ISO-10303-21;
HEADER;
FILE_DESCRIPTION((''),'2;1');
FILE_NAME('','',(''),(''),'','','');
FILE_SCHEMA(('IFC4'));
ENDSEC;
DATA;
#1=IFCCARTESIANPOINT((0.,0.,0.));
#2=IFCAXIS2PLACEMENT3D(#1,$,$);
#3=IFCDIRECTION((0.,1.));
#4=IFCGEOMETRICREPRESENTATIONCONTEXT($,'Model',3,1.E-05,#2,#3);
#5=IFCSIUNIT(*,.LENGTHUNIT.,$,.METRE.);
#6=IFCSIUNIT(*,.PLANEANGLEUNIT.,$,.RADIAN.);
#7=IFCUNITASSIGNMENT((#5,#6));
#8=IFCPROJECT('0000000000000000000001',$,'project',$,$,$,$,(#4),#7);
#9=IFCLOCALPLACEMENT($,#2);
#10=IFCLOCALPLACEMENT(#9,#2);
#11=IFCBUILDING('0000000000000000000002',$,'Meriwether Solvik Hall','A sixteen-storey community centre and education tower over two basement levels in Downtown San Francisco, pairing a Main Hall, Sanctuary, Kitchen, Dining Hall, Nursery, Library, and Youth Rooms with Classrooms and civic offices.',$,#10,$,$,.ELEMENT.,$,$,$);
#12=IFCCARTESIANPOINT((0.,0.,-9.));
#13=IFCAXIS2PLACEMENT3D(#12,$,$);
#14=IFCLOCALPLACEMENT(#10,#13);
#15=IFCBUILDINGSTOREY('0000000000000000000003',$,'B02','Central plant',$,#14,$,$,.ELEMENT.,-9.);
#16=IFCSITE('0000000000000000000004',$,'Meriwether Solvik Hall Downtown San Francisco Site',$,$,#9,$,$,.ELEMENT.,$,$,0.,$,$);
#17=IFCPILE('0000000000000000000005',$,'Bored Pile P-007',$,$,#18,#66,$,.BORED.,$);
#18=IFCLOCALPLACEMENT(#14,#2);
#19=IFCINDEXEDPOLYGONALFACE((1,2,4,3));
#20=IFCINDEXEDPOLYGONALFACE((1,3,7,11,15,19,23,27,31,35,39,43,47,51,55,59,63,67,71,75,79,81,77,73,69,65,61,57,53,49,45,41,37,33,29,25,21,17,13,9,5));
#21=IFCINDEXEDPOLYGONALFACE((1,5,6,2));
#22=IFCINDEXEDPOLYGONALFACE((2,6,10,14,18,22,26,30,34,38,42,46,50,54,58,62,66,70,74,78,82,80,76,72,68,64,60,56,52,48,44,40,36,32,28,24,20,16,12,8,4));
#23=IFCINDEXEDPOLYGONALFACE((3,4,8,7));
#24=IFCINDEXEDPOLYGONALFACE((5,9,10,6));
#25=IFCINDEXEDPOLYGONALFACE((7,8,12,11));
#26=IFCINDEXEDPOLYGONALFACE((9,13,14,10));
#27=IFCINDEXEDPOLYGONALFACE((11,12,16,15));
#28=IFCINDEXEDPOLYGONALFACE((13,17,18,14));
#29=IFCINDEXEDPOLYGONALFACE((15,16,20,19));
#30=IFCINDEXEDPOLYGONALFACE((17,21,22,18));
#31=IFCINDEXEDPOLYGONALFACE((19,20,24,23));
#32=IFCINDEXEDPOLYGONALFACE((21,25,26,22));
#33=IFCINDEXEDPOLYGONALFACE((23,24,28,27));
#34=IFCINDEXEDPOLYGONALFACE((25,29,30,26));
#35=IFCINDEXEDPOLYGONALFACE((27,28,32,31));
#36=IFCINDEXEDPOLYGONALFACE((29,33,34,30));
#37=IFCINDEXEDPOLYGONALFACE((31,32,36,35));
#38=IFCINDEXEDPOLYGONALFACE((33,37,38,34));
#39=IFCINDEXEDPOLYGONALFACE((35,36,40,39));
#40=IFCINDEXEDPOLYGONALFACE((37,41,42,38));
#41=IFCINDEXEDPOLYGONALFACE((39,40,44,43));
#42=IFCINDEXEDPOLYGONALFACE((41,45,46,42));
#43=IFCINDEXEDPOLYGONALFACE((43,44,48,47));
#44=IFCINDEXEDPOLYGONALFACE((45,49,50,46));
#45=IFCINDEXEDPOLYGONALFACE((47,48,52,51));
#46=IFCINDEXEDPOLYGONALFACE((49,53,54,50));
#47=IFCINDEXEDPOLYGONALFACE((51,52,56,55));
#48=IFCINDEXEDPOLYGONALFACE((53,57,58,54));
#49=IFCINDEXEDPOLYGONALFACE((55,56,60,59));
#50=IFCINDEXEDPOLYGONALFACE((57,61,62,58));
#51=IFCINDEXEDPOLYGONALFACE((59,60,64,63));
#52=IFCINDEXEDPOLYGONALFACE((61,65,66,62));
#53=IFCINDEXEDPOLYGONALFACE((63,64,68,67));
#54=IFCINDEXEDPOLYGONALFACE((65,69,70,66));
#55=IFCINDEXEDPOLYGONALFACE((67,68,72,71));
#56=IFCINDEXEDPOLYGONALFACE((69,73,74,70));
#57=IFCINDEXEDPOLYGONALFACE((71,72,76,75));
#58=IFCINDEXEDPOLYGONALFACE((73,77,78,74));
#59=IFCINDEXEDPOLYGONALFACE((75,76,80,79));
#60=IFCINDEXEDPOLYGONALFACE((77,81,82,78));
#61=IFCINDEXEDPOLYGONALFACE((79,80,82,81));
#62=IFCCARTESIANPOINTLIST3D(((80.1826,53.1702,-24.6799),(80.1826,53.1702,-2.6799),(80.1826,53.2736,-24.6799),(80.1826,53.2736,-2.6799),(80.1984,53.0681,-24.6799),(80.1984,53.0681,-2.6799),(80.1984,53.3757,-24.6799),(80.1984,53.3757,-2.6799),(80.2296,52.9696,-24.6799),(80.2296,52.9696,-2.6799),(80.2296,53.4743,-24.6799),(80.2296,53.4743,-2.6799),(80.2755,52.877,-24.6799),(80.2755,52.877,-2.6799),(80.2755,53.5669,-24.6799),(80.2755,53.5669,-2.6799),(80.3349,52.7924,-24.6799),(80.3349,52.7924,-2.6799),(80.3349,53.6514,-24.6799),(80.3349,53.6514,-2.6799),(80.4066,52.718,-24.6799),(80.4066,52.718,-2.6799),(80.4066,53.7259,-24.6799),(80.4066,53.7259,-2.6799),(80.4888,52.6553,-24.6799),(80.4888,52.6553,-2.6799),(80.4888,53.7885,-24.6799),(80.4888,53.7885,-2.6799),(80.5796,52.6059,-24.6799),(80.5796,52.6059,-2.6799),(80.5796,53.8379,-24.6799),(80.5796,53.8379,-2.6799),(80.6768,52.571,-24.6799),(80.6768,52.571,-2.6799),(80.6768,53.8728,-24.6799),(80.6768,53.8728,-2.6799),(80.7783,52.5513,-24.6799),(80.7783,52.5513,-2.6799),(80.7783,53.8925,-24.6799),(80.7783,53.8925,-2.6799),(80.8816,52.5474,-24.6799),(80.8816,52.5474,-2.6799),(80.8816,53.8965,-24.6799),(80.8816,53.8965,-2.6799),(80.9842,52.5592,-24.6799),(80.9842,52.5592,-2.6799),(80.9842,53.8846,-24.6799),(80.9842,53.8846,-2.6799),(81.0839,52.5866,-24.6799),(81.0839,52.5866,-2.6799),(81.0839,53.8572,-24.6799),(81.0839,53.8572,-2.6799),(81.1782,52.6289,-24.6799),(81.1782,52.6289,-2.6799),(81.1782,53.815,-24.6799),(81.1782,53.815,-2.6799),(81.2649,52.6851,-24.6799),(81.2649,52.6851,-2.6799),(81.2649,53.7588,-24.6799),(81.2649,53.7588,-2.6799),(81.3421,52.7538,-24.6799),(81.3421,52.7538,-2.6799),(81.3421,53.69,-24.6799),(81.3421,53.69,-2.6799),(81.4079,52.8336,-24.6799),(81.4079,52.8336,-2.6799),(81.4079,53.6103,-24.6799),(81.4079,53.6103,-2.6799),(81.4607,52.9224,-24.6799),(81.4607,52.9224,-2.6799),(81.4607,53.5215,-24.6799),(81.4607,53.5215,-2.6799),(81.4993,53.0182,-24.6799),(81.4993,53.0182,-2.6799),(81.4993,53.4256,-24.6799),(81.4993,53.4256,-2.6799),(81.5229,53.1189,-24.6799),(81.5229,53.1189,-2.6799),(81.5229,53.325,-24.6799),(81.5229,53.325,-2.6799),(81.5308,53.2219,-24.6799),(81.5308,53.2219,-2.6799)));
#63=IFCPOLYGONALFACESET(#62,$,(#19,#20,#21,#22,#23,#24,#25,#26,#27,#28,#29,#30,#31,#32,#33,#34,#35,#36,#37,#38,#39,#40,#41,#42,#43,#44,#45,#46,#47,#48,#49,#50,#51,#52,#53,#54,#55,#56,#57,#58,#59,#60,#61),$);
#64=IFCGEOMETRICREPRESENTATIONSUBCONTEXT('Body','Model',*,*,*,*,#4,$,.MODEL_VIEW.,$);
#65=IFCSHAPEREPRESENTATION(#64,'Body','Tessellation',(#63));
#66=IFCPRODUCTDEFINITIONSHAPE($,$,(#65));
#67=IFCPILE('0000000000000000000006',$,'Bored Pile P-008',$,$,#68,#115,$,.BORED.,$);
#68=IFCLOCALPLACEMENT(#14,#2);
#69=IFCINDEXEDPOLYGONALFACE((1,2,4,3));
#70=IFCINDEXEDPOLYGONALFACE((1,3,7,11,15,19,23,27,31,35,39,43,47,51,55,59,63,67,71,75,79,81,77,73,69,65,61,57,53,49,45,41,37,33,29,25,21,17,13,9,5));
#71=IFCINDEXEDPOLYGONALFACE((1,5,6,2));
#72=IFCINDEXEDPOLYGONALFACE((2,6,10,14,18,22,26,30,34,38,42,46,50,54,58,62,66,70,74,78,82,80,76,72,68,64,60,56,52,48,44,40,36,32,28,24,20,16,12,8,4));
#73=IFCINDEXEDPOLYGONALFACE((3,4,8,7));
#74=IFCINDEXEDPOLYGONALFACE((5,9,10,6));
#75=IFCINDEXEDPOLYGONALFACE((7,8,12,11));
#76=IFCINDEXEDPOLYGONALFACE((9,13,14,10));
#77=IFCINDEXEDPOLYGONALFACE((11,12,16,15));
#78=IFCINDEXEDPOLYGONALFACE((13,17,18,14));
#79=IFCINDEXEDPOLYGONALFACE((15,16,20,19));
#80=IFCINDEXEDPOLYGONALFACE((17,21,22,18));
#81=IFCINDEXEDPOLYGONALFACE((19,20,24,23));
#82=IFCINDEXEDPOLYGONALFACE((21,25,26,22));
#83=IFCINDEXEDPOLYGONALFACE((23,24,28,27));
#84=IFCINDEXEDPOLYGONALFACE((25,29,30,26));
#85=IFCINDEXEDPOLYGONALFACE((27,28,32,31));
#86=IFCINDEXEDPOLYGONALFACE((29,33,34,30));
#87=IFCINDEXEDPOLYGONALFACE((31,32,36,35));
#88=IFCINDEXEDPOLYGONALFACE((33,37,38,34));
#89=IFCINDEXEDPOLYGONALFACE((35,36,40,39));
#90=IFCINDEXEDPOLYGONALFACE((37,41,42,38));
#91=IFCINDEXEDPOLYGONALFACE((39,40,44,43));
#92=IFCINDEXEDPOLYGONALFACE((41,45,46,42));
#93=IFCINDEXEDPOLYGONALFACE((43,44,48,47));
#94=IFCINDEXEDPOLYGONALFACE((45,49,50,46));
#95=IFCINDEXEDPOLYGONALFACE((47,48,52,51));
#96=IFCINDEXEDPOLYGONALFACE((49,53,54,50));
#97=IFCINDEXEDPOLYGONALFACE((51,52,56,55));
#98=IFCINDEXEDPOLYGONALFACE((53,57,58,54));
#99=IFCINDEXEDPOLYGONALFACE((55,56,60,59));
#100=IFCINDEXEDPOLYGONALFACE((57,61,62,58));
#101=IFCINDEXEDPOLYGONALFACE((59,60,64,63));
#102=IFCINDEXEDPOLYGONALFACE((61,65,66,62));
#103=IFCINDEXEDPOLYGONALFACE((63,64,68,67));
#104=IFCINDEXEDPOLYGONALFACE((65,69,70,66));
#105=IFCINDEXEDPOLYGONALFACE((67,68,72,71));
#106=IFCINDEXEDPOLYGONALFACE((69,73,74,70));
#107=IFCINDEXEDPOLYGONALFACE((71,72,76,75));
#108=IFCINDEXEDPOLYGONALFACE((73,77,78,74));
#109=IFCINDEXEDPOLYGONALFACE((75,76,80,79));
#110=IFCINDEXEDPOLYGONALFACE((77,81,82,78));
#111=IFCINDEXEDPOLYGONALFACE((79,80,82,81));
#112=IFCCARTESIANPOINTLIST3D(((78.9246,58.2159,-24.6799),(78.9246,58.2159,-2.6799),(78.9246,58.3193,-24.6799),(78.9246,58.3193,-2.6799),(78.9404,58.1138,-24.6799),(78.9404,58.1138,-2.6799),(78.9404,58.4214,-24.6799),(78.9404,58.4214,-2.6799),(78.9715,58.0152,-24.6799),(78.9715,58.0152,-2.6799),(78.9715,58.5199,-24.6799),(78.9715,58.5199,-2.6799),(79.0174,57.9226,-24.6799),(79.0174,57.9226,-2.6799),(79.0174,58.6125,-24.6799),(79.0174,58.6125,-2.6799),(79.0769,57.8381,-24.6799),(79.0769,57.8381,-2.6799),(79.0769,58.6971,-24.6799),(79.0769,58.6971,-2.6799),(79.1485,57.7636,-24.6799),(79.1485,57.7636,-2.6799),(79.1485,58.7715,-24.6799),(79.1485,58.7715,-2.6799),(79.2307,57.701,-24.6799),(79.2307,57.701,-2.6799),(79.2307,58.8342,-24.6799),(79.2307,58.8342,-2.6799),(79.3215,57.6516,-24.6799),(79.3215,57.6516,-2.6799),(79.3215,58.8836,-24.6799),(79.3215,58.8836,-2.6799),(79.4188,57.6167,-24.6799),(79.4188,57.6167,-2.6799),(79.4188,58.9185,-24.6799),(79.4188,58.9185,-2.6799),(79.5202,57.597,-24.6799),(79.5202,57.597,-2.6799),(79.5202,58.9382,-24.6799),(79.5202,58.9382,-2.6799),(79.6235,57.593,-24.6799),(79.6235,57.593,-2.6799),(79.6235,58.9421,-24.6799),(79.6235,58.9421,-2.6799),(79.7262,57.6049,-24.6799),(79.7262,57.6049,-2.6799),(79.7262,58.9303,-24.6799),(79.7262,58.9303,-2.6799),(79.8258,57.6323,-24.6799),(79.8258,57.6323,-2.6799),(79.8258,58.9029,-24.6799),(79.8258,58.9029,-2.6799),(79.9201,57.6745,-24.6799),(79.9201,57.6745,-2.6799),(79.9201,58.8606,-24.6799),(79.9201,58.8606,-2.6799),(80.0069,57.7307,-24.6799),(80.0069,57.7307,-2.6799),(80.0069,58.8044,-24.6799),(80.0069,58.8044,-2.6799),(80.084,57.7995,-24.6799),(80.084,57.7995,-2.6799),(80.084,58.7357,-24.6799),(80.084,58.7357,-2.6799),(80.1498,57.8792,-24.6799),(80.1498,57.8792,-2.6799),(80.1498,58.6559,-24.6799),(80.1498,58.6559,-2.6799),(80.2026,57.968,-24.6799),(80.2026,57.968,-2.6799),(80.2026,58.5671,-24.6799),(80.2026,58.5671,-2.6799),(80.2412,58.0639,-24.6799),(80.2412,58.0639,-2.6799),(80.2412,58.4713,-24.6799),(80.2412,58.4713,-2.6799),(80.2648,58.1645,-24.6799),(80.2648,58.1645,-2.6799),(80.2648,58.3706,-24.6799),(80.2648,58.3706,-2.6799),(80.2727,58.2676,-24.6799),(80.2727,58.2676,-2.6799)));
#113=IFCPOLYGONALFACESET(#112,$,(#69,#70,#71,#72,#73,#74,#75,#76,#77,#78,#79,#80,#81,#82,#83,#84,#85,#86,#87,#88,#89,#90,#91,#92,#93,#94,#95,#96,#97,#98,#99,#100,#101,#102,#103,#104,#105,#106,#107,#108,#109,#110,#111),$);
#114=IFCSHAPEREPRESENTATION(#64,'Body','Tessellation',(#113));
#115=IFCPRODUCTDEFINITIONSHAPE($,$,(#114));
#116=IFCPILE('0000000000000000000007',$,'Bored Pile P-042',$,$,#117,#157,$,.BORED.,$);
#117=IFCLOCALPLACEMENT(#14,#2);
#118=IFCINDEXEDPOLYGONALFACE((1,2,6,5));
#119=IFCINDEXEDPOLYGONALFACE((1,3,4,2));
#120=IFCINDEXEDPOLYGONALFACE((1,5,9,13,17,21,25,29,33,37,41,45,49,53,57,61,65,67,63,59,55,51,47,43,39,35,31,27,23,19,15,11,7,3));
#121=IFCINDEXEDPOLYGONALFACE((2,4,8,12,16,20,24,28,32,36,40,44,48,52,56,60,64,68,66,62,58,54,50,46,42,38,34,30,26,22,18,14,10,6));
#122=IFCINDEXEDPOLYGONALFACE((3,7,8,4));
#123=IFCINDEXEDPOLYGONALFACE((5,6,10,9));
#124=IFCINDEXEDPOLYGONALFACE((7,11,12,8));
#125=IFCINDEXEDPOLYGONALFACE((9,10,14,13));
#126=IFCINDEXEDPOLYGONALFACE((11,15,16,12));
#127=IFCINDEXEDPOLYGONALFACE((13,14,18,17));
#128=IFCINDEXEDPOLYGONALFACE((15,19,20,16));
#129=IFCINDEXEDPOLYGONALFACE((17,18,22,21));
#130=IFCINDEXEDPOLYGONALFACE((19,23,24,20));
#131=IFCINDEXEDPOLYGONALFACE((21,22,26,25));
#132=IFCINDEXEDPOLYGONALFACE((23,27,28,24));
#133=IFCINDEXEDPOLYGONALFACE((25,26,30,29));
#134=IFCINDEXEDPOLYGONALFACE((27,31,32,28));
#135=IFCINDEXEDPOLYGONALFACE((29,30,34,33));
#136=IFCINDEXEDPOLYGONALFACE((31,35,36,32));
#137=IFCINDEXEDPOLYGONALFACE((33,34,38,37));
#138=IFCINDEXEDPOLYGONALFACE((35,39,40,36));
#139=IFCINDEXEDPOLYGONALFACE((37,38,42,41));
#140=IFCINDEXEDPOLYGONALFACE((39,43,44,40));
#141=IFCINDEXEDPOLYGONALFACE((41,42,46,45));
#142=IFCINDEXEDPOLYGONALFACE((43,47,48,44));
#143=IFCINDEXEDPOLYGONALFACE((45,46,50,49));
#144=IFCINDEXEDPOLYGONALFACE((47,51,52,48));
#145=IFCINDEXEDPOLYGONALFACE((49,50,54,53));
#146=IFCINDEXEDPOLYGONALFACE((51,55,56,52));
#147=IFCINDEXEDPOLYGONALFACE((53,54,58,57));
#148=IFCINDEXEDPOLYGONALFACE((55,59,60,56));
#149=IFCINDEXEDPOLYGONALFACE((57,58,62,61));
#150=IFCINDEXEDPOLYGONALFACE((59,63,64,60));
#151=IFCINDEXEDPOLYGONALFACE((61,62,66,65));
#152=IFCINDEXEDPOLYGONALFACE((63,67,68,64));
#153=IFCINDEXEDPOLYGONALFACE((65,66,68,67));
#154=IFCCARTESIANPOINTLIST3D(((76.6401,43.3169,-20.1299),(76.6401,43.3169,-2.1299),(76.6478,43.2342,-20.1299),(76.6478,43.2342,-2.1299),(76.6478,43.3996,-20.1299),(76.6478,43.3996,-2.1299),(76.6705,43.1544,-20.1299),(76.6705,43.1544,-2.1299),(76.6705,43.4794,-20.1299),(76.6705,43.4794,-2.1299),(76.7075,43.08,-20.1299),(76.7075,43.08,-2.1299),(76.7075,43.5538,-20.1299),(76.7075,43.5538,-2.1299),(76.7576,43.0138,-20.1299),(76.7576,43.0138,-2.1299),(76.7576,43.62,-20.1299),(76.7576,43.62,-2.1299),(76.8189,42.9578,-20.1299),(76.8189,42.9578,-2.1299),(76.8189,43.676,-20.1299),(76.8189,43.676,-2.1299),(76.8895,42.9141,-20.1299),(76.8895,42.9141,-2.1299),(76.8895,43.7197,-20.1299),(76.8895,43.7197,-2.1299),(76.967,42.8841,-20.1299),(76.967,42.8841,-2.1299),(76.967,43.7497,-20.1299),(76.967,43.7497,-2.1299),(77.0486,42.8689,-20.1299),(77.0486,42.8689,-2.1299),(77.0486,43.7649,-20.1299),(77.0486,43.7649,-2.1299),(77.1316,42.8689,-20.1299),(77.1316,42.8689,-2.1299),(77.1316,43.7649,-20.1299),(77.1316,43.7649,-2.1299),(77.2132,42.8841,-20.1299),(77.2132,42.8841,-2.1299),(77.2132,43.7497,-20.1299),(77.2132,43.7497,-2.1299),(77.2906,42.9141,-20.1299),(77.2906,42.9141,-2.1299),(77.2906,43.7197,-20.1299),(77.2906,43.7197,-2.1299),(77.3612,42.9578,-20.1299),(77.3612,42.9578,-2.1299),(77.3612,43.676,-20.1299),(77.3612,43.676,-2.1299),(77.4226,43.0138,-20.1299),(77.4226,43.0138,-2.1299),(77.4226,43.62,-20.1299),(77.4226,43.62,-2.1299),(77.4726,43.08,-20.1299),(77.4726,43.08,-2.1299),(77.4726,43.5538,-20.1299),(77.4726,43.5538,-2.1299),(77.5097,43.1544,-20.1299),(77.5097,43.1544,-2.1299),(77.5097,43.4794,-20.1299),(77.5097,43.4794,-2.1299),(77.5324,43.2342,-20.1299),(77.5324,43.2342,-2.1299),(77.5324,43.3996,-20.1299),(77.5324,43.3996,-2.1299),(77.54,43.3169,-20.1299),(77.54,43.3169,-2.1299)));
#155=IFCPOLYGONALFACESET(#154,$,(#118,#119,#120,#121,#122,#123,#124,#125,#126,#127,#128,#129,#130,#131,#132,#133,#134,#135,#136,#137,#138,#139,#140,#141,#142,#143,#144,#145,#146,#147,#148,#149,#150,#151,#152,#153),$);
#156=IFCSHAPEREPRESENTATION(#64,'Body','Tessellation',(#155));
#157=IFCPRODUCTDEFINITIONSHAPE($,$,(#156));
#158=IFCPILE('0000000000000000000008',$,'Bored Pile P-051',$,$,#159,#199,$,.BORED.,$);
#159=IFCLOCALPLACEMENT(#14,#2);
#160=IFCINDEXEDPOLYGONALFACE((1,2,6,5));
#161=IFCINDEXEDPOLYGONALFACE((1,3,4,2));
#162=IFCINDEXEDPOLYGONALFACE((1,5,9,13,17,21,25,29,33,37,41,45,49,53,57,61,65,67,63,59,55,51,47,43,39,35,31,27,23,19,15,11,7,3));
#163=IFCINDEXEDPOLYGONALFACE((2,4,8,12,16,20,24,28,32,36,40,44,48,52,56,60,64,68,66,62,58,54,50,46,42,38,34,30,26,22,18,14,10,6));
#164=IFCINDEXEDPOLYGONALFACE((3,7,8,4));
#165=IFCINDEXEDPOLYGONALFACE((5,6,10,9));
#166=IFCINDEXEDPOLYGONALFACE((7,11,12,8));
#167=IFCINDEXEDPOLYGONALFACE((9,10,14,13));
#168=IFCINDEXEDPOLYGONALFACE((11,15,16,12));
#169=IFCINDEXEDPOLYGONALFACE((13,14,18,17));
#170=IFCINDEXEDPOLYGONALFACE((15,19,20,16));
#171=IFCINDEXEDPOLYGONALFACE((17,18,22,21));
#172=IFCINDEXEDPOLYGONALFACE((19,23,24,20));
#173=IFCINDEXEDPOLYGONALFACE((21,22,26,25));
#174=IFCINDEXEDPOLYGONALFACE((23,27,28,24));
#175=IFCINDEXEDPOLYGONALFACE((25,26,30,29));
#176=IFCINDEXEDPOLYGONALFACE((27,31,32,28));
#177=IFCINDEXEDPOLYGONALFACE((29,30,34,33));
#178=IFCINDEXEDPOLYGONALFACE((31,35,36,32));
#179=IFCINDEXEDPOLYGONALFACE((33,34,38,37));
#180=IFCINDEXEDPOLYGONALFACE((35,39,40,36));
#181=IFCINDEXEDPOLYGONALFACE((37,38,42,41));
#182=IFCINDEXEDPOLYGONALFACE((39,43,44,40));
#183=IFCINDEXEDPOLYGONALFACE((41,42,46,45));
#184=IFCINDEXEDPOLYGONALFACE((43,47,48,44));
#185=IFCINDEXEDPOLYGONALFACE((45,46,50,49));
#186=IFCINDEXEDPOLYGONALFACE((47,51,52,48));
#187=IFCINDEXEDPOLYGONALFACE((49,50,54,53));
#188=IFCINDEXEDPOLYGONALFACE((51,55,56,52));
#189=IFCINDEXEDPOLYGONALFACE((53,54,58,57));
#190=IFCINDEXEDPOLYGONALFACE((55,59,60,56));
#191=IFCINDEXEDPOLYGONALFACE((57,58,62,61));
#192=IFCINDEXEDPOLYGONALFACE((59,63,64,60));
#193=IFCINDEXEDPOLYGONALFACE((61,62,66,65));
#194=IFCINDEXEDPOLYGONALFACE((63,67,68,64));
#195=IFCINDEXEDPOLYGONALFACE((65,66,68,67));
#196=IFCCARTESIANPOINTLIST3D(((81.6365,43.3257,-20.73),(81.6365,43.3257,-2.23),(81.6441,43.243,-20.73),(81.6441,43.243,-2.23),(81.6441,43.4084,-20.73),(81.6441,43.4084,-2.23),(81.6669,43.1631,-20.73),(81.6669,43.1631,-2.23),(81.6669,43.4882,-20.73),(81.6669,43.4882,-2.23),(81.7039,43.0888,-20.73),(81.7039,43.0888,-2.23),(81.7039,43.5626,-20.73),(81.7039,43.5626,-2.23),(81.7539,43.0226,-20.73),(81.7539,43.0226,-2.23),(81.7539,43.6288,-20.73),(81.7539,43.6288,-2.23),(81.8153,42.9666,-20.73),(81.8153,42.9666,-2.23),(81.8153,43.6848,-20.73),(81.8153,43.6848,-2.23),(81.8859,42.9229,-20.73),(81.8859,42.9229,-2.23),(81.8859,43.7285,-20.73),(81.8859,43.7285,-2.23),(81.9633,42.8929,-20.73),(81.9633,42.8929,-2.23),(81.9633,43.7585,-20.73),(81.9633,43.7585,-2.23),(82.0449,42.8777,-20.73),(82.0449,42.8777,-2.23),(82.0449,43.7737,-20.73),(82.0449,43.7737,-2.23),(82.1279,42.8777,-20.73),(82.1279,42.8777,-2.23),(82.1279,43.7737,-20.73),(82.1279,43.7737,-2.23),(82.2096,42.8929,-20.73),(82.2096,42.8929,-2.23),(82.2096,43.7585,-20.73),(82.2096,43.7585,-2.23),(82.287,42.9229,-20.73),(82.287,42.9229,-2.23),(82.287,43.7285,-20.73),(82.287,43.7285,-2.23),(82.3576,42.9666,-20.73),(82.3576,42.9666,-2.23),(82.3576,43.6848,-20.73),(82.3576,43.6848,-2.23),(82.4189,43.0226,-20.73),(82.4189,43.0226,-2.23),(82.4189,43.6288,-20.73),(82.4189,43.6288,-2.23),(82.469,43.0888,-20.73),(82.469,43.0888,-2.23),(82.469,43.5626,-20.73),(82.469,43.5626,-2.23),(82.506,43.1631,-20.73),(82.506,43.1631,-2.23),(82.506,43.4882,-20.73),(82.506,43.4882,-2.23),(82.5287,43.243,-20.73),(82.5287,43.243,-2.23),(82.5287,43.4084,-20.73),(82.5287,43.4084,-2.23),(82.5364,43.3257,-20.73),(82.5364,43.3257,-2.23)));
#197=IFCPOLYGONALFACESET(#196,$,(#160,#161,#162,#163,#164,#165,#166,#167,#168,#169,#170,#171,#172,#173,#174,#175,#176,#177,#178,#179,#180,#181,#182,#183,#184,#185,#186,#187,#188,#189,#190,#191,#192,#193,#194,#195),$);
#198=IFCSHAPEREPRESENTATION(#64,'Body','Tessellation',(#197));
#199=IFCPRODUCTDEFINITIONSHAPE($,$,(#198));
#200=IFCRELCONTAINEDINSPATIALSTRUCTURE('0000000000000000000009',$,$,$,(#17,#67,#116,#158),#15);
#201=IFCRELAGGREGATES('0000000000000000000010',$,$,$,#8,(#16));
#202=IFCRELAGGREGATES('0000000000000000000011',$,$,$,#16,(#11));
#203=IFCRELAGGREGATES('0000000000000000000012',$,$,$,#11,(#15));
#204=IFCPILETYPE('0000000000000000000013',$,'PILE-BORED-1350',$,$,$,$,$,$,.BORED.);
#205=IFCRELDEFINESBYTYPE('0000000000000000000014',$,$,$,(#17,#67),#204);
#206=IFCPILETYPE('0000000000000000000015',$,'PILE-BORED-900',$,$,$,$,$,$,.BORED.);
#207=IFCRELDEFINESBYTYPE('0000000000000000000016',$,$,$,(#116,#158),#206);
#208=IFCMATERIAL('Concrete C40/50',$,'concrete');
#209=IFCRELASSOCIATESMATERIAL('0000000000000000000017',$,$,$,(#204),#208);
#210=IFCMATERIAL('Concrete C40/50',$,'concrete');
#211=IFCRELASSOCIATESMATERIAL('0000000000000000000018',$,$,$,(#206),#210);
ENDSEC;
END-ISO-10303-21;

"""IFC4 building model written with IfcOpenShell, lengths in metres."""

from ifc_helpers import new_model, si_unit, direction, frame, origin, origin_2d, place, context, subcontext, project, spatial, circle, extrude, material, material_profile, profile_set, type_object, element, save


model = new_model("IFC4")

# Units and contexts
model_context = context("Model", 3, precision=1e-05, world=origin(), true_north=direction((0.0, 1.0)))
body_context = subcontext(model_context, "Body", "Model", "MODEL_VIEW")
ifc_project = project(units=[si_unit("LENGTHUNIT", "METRE"), si_unit("PLANEANGLEUNIT", "RADIAN")], contexts=[model_context])

# Site, building, storey
site_placement = place(None, origin())
site = spatial("IfcSite", under=ifc_project, at=site_placement, Name="Meriwether Solvik Hall Downtown San Francisco Site", CompositionType="ELEMENT", RefElevation=0.0)
building_placement = place(site_placement, origin())
building = spatial("IfcBuilding", under=site, at=building_placement, Name="Meriwether Solvik Hall", Description="A sixteen-storey community centre and education tower over two basement levels in Downtown San Francisco, pairing a Main Hall, Sanctuary, Kitchen, Dining Hall, Nursery, Library, and Youth Rooms with Classrooms and civic offices.", CompositionType="ELEMENT")
storey_placement = place(building_placement, frame((0.0, 0.0, -9.0)))
storey = spatial("IfcBuildingStorey", under=building, at=storey_placement, Name="B02", Description="Central plant", CompositionType="ELEMENT", Elevation=-9.0)

# Piles
ifc_material_1 = material(Name="Concrete C40/50", Category="concrete")
ifc_material_profile_1 = material_profile(ifc_material_1, circle(Radius=0.675, at=origin_2d()), Name="PILE-D1350")
ifc_profile_set_1 = profile_set([ifc_material_profile_1], Name="Concrete C40/50")
pile_type_1 = type_object("IfcPileType", Name="PILE-BORED-1350", PredefinedType="BORED", material=ifc_profile_set_1)
for number, where, z_axis, x_axis, name in (
    (1, (80.8557, 53.2219, -2.6799), (0.0, 0.0, -1.0), (1.0, 0.0, 0.0), "Bored Pile P-007"),
    (2, (79.5977, 58.2676, -2.6799), (0.0, 0.0, -1.0), (1.0, 0.0, 0.0), "Bored Pile P-008"),
):
    element("IfcPile", number, at=place(storey_placement, frame(where, z_axis=z_axis, x_axis=x_axis)), inside=storey, type_object=pile_type_1, Name=name, PredefinedType="BORED", context=body_context, shape_type="SweptSolid", body=[
        extrude(circle(Radius=0.675, at=origin_2d()), origin(), (0.0, 0.0, 1.0), 22.0),
    ])
ifc_material_2 = material(Name="Concrete C40/50", Category="concrete")
ifc_material_profile_2 = material_profile(ifc_material_2, circle(Radius=0.45, at=origin_2d()), Name="PILE-D900")
ifc_profile_set_2 = profile_set([ifc_material_profile_2], Name="Concrete C40/50")
pile_type_2 = type_object("IfcPileType", Name="PILE-BORED-900", PredefinedType="BORED", material=ifc_profile_set_2)
pile_1_placement = place(storey_placement, frame((77.0901, 43.3169, -2.1299), z_axis=(0.0, 0.0, -1.0), x_axis=(1.0, 0.0, 0.0)))
element("IfcPile", 3, at=pile_1_placement, inside=storey, type_object=pile_type_2, Name="Bored Pile P-042", PredefinedType="BORED", context=body_context, shape_type="SweptSolid", body=[
    extrude(circle(Radius=0.45, at=origin_2d()), origin(), (0.0, 0.0, 1.0), 18.0),
])
for number, where, z_axis, x_axis, name in (
    (4, (82.0864, 43.3257, -2.23), (0.0, 0.0, -1.0), (1.0, 0.0, 0.0), "Bored Pile P-051"),
):
    element("IfcPile", number, at=place(storey_placement, frame(where, z_axis=z_axis, x_axis=x_axis)), inside=storey, type_object=pile_type_2, Name=name, PredefinedType="BORED", context=body_context, shape_type="SweptSolid", body=[
        extrude(circle(Radius=0.45, at=origin_2d()), origin(), (0.0, 0.0, 1.0), 18.5),
    ])

save(model, "model.ifc")
